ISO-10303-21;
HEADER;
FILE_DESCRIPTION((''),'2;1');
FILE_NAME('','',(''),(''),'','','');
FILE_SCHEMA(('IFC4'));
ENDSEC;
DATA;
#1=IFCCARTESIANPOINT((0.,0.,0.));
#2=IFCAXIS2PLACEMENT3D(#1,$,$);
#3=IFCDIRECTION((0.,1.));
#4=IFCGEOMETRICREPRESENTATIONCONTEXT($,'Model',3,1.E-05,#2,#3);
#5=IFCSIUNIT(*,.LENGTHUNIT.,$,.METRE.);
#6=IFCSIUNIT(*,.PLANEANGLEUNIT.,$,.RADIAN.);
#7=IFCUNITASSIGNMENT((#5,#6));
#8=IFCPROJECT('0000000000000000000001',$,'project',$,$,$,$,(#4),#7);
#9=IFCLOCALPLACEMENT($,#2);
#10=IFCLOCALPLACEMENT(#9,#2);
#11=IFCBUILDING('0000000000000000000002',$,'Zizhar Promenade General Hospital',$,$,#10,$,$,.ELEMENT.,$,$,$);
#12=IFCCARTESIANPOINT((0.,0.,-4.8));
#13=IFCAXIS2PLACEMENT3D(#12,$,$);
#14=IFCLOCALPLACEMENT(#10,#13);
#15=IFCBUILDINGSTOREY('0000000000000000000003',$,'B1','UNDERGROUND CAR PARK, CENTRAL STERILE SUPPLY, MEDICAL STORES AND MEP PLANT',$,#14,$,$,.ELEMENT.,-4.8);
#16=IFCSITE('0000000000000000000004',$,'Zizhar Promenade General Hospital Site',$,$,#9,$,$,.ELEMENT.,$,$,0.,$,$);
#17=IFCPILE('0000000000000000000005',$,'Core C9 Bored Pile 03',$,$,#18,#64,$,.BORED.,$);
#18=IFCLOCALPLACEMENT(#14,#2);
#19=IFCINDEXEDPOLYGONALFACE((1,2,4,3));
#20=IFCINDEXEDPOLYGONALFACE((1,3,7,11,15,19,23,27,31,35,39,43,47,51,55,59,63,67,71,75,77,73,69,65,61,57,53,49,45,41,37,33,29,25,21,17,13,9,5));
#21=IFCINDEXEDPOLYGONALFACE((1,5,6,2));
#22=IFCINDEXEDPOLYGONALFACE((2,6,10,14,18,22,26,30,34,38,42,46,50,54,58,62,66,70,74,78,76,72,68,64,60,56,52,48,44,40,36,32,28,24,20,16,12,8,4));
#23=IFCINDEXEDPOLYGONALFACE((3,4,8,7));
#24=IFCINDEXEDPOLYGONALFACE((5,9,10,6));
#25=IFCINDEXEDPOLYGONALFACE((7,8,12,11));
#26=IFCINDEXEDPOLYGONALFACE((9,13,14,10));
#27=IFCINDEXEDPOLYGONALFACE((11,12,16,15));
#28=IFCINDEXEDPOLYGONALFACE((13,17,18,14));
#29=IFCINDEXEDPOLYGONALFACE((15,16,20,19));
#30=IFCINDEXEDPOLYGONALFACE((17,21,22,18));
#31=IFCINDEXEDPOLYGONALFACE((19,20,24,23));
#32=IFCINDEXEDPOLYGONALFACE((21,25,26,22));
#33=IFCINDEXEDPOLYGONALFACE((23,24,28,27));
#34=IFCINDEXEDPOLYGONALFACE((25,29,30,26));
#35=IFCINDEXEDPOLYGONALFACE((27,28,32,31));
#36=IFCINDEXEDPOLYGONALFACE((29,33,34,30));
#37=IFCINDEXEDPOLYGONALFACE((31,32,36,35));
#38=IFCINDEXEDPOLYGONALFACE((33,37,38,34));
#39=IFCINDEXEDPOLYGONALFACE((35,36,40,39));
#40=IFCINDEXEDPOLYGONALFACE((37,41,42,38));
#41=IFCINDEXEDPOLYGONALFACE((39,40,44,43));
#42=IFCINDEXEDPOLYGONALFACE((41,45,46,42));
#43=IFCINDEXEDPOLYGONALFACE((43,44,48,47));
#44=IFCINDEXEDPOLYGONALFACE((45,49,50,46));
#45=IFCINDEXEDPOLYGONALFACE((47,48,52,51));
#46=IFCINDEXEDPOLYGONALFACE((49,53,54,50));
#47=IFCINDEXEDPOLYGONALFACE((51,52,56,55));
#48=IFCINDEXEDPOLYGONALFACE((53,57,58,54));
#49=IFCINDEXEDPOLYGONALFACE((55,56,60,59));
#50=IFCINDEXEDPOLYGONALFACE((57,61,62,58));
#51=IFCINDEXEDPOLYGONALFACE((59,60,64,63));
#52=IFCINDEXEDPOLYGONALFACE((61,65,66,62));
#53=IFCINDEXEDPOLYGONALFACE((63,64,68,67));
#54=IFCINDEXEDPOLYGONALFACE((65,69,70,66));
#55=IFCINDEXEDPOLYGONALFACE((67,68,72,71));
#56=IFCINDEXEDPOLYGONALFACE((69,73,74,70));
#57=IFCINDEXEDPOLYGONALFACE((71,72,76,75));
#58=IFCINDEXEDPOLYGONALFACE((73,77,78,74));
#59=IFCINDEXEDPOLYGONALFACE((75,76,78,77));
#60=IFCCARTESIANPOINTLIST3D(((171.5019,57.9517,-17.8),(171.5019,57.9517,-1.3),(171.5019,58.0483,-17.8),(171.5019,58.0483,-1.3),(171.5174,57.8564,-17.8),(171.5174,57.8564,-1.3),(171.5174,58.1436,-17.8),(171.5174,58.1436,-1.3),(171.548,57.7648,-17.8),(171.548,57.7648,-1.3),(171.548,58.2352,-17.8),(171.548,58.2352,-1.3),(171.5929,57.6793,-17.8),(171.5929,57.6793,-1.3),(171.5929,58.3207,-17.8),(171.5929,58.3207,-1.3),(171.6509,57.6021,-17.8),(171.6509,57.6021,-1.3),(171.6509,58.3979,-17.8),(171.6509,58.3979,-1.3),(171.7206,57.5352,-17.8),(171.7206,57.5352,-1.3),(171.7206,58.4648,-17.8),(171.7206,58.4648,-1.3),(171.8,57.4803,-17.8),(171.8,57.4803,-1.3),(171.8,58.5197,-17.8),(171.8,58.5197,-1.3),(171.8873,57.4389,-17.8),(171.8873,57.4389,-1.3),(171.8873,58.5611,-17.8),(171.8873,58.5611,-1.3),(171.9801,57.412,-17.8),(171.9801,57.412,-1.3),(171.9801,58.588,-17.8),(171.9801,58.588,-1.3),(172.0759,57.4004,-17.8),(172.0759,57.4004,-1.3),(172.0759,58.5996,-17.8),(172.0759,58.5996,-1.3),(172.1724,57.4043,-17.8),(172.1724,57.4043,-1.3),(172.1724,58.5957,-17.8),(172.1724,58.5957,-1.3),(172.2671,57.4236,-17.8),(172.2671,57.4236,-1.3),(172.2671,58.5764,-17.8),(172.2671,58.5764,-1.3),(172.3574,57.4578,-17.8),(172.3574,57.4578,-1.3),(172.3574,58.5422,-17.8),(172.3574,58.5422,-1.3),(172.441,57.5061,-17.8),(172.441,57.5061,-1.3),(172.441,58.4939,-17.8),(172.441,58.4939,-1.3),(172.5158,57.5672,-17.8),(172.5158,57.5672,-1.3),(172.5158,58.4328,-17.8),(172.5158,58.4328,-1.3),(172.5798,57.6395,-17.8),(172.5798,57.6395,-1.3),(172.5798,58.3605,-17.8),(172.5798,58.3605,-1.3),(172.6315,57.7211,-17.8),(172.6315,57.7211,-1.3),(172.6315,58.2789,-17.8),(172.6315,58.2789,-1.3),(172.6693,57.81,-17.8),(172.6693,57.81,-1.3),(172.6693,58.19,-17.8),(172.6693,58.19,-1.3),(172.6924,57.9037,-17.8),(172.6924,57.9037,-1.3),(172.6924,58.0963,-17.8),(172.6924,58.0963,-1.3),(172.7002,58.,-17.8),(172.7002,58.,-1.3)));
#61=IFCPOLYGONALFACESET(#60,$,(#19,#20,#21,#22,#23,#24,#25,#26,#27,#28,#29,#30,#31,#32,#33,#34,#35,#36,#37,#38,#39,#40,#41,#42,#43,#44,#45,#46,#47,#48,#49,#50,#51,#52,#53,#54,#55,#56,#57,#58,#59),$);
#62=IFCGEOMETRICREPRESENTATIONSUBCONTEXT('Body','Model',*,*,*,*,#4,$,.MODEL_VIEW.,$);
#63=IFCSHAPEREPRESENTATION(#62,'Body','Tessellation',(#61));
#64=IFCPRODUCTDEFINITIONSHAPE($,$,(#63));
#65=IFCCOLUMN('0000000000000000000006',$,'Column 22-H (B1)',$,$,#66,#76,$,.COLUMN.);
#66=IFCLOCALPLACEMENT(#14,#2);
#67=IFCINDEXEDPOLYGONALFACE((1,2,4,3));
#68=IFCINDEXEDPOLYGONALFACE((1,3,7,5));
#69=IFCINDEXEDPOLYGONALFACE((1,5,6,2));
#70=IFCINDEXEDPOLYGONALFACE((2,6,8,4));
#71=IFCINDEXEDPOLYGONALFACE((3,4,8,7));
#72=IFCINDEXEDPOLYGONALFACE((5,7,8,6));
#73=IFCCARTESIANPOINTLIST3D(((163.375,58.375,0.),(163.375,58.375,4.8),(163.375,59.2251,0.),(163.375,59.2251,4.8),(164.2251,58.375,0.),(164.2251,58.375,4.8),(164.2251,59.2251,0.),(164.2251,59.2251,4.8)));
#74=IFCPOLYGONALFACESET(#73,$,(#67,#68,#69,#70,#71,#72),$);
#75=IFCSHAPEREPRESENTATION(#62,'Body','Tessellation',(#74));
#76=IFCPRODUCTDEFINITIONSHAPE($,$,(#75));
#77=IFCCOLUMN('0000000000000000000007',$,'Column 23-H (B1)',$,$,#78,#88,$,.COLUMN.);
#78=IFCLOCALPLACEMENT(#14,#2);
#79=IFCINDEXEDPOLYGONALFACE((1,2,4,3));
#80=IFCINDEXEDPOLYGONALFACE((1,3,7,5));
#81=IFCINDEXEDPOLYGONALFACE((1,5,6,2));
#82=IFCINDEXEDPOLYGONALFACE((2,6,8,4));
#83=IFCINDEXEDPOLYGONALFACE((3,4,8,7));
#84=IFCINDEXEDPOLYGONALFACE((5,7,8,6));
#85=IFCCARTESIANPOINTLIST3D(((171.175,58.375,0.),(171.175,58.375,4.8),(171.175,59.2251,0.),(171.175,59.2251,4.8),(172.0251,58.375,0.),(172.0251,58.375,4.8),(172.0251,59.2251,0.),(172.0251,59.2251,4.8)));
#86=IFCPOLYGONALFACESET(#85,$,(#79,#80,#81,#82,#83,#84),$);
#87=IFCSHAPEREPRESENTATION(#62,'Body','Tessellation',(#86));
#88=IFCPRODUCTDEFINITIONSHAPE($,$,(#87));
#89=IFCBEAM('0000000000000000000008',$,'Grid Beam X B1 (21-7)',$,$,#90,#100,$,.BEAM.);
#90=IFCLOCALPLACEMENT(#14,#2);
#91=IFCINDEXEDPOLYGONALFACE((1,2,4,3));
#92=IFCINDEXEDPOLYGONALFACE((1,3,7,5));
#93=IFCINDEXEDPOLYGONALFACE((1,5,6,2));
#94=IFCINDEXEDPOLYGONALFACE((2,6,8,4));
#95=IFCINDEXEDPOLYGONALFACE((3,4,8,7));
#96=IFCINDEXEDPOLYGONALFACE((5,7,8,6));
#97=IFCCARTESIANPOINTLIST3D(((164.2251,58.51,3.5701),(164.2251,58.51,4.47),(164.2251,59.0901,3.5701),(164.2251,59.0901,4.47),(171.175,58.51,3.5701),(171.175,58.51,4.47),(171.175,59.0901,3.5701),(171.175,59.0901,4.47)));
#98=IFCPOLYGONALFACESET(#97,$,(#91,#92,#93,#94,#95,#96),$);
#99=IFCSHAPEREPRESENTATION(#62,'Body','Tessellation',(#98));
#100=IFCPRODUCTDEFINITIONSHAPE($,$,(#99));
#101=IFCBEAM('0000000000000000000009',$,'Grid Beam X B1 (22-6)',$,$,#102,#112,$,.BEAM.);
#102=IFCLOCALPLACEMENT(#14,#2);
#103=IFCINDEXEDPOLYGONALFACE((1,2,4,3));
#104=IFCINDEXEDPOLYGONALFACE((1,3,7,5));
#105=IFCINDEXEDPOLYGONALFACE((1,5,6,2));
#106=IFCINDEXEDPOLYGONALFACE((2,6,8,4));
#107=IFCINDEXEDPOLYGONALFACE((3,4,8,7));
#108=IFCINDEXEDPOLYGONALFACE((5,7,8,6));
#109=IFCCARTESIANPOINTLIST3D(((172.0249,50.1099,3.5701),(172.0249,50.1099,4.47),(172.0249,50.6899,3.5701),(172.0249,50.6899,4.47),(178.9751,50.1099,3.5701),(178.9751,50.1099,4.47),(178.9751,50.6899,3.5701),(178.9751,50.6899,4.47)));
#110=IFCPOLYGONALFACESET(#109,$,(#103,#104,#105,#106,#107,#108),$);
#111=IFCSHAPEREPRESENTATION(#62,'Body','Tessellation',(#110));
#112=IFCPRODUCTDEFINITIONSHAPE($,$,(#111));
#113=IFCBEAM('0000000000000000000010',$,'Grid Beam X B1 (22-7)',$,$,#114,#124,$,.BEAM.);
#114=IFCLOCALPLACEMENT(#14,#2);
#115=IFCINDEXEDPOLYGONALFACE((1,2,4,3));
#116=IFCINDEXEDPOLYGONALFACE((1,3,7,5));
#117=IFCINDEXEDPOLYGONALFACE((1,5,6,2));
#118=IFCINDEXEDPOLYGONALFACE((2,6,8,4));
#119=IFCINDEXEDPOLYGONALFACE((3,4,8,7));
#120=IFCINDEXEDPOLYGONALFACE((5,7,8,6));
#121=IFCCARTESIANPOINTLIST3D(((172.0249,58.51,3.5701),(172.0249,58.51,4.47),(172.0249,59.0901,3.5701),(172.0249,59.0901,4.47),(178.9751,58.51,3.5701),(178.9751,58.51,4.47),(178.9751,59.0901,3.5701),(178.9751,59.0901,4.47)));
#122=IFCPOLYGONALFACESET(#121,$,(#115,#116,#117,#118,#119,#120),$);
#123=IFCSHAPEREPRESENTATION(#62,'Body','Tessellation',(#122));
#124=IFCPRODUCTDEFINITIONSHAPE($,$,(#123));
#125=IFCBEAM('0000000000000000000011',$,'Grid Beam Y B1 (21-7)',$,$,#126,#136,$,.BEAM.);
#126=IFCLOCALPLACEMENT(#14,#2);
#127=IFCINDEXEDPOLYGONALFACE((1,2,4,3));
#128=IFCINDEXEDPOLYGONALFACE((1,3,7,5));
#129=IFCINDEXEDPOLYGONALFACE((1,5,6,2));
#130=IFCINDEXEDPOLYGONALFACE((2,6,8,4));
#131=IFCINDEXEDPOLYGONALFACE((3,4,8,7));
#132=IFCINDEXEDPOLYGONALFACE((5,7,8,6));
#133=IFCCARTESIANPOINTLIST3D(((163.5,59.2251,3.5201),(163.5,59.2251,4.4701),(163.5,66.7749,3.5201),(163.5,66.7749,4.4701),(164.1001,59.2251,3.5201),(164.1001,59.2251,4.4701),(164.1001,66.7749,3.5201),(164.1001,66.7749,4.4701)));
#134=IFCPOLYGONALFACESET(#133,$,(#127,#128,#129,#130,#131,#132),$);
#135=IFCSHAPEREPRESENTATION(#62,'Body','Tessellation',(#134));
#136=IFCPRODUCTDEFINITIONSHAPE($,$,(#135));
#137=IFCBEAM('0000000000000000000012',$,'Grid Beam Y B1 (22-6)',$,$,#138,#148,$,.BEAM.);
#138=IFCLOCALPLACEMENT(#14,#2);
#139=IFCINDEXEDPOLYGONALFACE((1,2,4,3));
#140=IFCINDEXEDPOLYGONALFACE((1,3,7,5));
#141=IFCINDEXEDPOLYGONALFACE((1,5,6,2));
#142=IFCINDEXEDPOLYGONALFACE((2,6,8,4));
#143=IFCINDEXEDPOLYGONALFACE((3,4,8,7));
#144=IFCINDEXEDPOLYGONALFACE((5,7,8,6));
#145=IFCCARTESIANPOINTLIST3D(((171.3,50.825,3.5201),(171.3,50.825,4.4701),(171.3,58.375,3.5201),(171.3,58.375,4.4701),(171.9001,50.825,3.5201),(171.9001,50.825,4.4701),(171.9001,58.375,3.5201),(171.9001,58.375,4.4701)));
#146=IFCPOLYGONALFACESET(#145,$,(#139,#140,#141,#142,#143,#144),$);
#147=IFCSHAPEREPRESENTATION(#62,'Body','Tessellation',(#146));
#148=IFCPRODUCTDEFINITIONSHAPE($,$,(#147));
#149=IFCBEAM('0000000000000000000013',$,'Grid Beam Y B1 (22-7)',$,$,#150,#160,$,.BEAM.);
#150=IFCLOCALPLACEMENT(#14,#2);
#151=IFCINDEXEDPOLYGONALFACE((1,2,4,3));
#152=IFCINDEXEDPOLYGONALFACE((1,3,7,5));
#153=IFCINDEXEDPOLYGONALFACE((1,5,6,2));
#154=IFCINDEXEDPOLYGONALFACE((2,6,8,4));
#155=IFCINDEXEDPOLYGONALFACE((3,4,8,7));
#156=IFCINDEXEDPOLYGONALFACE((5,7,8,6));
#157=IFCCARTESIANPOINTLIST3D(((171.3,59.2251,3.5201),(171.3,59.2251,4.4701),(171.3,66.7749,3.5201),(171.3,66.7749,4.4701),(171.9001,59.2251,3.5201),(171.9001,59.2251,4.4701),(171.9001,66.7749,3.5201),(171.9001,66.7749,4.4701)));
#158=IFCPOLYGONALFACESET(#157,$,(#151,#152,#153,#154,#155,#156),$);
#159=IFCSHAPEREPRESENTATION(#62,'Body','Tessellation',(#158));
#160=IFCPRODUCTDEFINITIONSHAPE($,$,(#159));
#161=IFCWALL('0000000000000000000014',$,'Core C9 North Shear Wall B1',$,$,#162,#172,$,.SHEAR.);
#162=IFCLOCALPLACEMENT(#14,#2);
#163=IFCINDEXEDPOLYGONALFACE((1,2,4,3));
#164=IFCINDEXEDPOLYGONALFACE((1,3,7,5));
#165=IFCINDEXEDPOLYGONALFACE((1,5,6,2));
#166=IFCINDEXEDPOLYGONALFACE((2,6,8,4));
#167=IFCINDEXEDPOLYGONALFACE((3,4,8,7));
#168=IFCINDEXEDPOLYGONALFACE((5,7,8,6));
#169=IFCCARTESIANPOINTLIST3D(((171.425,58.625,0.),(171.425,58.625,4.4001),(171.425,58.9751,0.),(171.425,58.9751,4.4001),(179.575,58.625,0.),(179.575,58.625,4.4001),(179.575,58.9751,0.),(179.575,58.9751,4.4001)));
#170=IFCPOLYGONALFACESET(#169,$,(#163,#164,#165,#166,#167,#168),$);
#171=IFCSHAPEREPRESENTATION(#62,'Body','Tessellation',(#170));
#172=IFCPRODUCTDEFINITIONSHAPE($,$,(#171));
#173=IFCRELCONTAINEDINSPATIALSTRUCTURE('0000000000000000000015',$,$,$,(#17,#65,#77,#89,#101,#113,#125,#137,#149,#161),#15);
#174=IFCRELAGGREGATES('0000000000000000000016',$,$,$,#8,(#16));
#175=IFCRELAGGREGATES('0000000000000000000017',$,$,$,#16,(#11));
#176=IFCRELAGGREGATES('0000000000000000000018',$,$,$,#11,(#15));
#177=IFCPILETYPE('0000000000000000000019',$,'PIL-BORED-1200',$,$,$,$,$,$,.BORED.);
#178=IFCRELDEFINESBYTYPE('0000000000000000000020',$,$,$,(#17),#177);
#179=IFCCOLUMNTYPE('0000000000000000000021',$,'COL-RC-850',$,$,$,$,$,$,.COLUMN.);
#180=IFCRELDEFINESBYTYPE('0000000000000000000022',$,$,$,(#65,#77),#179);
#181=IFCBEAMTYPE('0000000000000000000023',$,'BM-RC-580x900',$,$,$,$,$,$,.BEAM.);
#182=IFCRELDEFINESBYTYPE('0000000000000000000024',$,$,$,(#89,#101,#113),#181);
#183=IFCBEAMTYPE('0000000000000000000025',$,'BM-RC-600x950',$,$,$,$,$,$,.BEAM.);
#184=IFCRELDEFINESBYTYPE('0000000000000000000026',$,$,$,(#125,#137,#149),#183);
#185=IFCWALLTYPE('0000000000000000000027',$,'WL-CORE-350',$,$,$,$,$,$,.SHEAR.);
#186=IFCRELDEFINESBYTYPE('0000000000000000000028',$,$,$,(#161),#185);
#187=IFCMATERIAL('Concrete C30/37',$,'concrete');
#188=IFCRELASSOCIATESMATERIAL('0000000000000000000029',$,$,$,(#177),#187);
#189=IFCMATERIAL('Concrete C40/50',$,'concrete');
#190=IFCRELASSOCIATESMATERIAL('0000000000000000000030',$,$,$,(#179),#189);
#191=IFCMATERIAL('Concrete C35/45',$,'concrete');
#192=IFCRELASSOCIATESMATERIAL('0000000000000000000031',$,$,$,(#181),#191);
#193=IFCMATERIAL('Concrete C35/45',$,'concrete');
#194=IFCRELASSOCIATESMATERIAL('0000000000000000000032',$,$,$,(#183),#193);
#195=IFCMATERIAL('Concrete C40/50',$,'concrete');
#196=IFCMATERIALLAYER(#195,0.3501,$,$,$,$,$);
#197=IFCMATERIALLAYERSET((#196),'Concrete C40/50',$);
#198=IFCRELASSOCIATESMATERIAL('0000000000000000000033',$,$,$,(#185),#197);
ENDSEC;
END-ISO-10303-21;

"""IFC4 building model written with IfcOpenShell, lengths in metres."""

from ifc_helpers import new_model, si_unit, direction, frame, frame_2d, origin, origin_2d, place, context, subcontext, project, spatial, rectangle, circle, extrude, material, layer, layer_set, material_profile, profile_set, type_object, element, save


model = new_model("IFC4")

# Units and contexts
model_context = context("Model", 3, precision=1e-05, world=origin(), true_north=direction((0.0, 1.0)))
body_context = subcontext(model_context, "Body", "Model", "MODEL_VIEW")
ifc_project = project(units=[si_unit("LENGTHUNIT", "METRE"), si_unit("PLANEANGLEUNIT", "RADIAN")], contexts=[model_context])

# Site, building, storey
site_placement = place(None, origin())
site = spatial("IfcSite", under=ifc_project, at=site_placement, Name="Zizhar Promenade General Hospital Site", CompositionType="ELEMENT", RefElevation=0.0)
building_placement = place(site_placement, origin())
building = spatial("IfcBuilding", under=site, at=building_placement, Name="Zizhar Promenade General Hospital", CompositionType="ELEMENT")
storey_placement = place(building_placement, frame((0.0, 0.0, -4.8)))
storey = spatial("IfcBuildingStorey", under=building, at=storey_placement, Name="B1", Description="UNDERGROUND CAR PARK, CENTRAL STERILE SUPPLY, MEDICAL STORES AND MEP PLANT", CompositionType="ELEMENT", Elevation=-4.8)

# Pile
ifc_material_1 = material(Name="Concrete C30/37", Category="concrete")
ifc_material_profile_1 = material_profile(ifc_material_1, circle(Radius=0.6001, at=origin_2d()))
ifc_profile_set_1 = profile_set([ifc_material_profile_1], Name="Concrete C30/37")
pile_type_1 = type_object("IfcPileType", Name="PIL-BORED-1200", PredefinedType="BORED", material=ifc_profile_set_1)
for number, where, z_axis, x_axis, name in (
    (1, (172.1001, 58.0, -1.3), (0.0, 0.0, -1.0), (1.0, 0.0, 0.0), "Core C9 Bored Pile 03"),
):
    element("IfcPile", number, at=place(storey_placement, frame(where, z_axis=z_axis, x_axis=x_axis)), inside=storey, type_object=pile_type_1, Name=name, PredefinedType="BORED", context=body_context, shape_type="SweptSolid", body=[
        extrude(circle(Radius=0.6001, at=origin_2d()), origin(), (0.0, 0.0, 1.0), 16.5),
    ])

# Columns
ifc_material_2 = material(Name="Concrete C40/50", Category="concrete")
ifc_material_profile_2 = material_profile(ifc_material_2, rectangle(XDim=0.8501, YDim=0.8501, at=origin_2d()))
ifc_profile_set_2 = profile_set([ifc_material_profile_2], Name="Concrete C40/50")
column_type = type_object("IfcColumnType", Name="COL-RC-850", PredefinedType="COLUMN", material=ifc_profile_set_2)
for number, where, z_axis, x_axis, name in (
    (2, (163.8, 58.8, 0.0), (0.0, 0.0, 1.0), (1.0, 0.0, 0.0), "Column 22-H (B1)"),
    (3, (171.6001, 58.8, 0.0), (0.0, 0.0, 1.0), (1.0, 0.0, 0.0), "Column 23-H (B1)"),
):
    element("IfcColumn", number, at=place(storey_placement, frame(where, z_axis=z_axis, x_axis=x_axis)), inside=storey, type_object=column_type, Name=name, PredefinedType="COLUMN", context=body_context, shape_type="SweptSolid", body=[
        extrude(rectangle(XDim=0.8501, YDim=0.8501, at=origin_2d()), origin(), (0.0, 0.0, 1.0), 4.8),
    ])

# Beams
ifc_material_3 = material(Name="Concrete C35/45", Category="concrete")
ifc_material_profile_3 = material_profile(ifc_material_3, rectangle(XDim=0.5801, YDim=0.8999, at=origin_2d()))
ifc_profile_set_3 = profile_set([ifc_material_profile_3], Name="Concrete C35/45")
beam_type_1 = type_object("IfcBeamType", Name="BM-RC-580x900", PredefinedType="BEAM", material=ifc_profile_set_3)
beam_1_placement = place(storey_placement, frame((164.2251, 58.8, 4.02), z_axis=(1.0, 0.0, 0.0), x_axis=(0.0, 1.0, 0.0)))
element("IfcBeam", 4, at=beam_1_placement, inside=storey, type_object=beam_type_1, Name="Grid Beam X B1 (21-7)", PredefinedType="BEAM", context=body_context, shape_type="SweptSolid", body=[
    extrude(rectangle(XDim=0.5801, YDim=0.8999, at=origin_2d()), origin(), (0.0, 0.0, 1.0), 6.95),
])
for number, where, z_axis, x_axis, name in (
    (5, (172.0249, 50.3999, 4.02), (1.0, 0.0, 0.0), (0.0, 1.0, 0.0), "Grid Beam X B1 (22-6)"),
    (6, (172.0249, 58.8, 4.02), (1.0, 0.0, 0.0), (0.0, 1.0, 0.0), "Grid Beam X B1 (22-7)"),
):
    element("IfcBeam", number, at=place(storey_placement, frame(where, z_axis=z_axis, x_axis=x_axis)), inside=storey, type_object=beam_type_1, Name=name, PredefinedType="BEAM", context=body_context, shape_type="SweptSolid", body=[
        extrude(rectangle(XDim=0.5801, YDim=0.8999, at=origin_2d()), origin(), (0.0, 0.0, 1.0), 6.9502),
    ])
ifc_material_4 = material(Name="Concrete C35/45", Category="concrete")
ifc_material_profile_4 = material_profile(ifc_material_4, rectangle(XDim=0.6001, YDim=0.95, at=origin_2d()))
ifc_profile_set_4 = profile_set([ifc_material_profile_4], Name="Concrete C35/45")
beam_type_2 = type_object("IfcBeamType", Name="BM-RC-600x950", PredefinedType="BEAM", material=ifc_profile_set_4)
beam_2_placement = place(storey_placement, frame((163.8, 59.2251, 3.9951), z_axis=(0.0, 1.0, 0.0), x_axis=(-1.0, 0.0, 0.0)))
element("IfcBeam", 7, at=beam_2_placement, inside=storey, type_object=beam_type_2, Name="Grid Beam Y B1 (21-7)", PredefinedType="BEAM", context=body_context, shape_type="SweptSolid", body=[
    extrude(rectangle(XDim=0.6001, YDim=0.95, at=origin_2d()), origin(), (0.0, 0.0, 1.0), 7.5498),
])
beam_3_placement = place(storey_placement, frame((171.6001, 50.825, 3.9951), z_axis=(0.0, 1.0, 0.0), x_axis=(-1.0, 0.0, 0.0)))
element("IfcBeam", 8, at=beam_3_placement, inside=storey, type_object=beam_type_2, Name="Grid Beam Y B1 (22-6)", PredefinedType="BEAM", context=body_context, shape_type="SweptSolid", body=[
    extrude(rectangle(XDim=0.6001, YDim=0.95, at=origin_2d()), origin(), (0.0, 0.0, 1.0), 7.55),
])
beam_4_placement = place(storey_placement, frame((171.6001, 59.2251, 3.9951), z_axis=(0.0, 1.0, 0.0), x_axis=(-1.0, 0.0, 0.0)))
element("IfcBeam", 9, at=beam_4_placement, inside=storey, type_object=beam_type_2, Name="Grid Beam Y B1 (22-7)", PredefinedType="BEAM", context=body_context, shape_type="SweptSolid", body=[
    extrude(rectangle(XDim=0.6001, YDim=0.95, at=origin_2d()), origin(), (0.0, 0.0, 1.0), 7.5498),
])

# Wall
ifc_material_5 = material(Name="Concrete C40/50", Category="concrete")
ifc_layer = layer(ifc_material_5, 0.3501)
ifc_layer_set = layer_set([ifc_layer], Name="Concrete C40/50")
wall_type = type_object("IfcWallType", Name="WL-CORE-350", PredefinedType="SHEAR", material=ifc_layer_set)
wall_placement = place(storey_placement, frame((171.425, 58.8, 0.0), z_axis=(0.0, 0.0, 1.0), x_axis=(1.0, 0.0, 0.0)))
element("IfcWall", 10, at=wall_placement, inside=storey, type_object=wall_type, Name="Core C9 North Shear Wall B1", PredefinedType="SHEAR", context=body_context, shape_type="SweptSolid", body=[
    extrude(rectangle(XDim=8.1499, YDim=0.3501, at=frame_2d((4.075, 0.0))), origin(), (0.0, 0.0, 1.0), 4.4001),
])

save(model, "model.ifc")
